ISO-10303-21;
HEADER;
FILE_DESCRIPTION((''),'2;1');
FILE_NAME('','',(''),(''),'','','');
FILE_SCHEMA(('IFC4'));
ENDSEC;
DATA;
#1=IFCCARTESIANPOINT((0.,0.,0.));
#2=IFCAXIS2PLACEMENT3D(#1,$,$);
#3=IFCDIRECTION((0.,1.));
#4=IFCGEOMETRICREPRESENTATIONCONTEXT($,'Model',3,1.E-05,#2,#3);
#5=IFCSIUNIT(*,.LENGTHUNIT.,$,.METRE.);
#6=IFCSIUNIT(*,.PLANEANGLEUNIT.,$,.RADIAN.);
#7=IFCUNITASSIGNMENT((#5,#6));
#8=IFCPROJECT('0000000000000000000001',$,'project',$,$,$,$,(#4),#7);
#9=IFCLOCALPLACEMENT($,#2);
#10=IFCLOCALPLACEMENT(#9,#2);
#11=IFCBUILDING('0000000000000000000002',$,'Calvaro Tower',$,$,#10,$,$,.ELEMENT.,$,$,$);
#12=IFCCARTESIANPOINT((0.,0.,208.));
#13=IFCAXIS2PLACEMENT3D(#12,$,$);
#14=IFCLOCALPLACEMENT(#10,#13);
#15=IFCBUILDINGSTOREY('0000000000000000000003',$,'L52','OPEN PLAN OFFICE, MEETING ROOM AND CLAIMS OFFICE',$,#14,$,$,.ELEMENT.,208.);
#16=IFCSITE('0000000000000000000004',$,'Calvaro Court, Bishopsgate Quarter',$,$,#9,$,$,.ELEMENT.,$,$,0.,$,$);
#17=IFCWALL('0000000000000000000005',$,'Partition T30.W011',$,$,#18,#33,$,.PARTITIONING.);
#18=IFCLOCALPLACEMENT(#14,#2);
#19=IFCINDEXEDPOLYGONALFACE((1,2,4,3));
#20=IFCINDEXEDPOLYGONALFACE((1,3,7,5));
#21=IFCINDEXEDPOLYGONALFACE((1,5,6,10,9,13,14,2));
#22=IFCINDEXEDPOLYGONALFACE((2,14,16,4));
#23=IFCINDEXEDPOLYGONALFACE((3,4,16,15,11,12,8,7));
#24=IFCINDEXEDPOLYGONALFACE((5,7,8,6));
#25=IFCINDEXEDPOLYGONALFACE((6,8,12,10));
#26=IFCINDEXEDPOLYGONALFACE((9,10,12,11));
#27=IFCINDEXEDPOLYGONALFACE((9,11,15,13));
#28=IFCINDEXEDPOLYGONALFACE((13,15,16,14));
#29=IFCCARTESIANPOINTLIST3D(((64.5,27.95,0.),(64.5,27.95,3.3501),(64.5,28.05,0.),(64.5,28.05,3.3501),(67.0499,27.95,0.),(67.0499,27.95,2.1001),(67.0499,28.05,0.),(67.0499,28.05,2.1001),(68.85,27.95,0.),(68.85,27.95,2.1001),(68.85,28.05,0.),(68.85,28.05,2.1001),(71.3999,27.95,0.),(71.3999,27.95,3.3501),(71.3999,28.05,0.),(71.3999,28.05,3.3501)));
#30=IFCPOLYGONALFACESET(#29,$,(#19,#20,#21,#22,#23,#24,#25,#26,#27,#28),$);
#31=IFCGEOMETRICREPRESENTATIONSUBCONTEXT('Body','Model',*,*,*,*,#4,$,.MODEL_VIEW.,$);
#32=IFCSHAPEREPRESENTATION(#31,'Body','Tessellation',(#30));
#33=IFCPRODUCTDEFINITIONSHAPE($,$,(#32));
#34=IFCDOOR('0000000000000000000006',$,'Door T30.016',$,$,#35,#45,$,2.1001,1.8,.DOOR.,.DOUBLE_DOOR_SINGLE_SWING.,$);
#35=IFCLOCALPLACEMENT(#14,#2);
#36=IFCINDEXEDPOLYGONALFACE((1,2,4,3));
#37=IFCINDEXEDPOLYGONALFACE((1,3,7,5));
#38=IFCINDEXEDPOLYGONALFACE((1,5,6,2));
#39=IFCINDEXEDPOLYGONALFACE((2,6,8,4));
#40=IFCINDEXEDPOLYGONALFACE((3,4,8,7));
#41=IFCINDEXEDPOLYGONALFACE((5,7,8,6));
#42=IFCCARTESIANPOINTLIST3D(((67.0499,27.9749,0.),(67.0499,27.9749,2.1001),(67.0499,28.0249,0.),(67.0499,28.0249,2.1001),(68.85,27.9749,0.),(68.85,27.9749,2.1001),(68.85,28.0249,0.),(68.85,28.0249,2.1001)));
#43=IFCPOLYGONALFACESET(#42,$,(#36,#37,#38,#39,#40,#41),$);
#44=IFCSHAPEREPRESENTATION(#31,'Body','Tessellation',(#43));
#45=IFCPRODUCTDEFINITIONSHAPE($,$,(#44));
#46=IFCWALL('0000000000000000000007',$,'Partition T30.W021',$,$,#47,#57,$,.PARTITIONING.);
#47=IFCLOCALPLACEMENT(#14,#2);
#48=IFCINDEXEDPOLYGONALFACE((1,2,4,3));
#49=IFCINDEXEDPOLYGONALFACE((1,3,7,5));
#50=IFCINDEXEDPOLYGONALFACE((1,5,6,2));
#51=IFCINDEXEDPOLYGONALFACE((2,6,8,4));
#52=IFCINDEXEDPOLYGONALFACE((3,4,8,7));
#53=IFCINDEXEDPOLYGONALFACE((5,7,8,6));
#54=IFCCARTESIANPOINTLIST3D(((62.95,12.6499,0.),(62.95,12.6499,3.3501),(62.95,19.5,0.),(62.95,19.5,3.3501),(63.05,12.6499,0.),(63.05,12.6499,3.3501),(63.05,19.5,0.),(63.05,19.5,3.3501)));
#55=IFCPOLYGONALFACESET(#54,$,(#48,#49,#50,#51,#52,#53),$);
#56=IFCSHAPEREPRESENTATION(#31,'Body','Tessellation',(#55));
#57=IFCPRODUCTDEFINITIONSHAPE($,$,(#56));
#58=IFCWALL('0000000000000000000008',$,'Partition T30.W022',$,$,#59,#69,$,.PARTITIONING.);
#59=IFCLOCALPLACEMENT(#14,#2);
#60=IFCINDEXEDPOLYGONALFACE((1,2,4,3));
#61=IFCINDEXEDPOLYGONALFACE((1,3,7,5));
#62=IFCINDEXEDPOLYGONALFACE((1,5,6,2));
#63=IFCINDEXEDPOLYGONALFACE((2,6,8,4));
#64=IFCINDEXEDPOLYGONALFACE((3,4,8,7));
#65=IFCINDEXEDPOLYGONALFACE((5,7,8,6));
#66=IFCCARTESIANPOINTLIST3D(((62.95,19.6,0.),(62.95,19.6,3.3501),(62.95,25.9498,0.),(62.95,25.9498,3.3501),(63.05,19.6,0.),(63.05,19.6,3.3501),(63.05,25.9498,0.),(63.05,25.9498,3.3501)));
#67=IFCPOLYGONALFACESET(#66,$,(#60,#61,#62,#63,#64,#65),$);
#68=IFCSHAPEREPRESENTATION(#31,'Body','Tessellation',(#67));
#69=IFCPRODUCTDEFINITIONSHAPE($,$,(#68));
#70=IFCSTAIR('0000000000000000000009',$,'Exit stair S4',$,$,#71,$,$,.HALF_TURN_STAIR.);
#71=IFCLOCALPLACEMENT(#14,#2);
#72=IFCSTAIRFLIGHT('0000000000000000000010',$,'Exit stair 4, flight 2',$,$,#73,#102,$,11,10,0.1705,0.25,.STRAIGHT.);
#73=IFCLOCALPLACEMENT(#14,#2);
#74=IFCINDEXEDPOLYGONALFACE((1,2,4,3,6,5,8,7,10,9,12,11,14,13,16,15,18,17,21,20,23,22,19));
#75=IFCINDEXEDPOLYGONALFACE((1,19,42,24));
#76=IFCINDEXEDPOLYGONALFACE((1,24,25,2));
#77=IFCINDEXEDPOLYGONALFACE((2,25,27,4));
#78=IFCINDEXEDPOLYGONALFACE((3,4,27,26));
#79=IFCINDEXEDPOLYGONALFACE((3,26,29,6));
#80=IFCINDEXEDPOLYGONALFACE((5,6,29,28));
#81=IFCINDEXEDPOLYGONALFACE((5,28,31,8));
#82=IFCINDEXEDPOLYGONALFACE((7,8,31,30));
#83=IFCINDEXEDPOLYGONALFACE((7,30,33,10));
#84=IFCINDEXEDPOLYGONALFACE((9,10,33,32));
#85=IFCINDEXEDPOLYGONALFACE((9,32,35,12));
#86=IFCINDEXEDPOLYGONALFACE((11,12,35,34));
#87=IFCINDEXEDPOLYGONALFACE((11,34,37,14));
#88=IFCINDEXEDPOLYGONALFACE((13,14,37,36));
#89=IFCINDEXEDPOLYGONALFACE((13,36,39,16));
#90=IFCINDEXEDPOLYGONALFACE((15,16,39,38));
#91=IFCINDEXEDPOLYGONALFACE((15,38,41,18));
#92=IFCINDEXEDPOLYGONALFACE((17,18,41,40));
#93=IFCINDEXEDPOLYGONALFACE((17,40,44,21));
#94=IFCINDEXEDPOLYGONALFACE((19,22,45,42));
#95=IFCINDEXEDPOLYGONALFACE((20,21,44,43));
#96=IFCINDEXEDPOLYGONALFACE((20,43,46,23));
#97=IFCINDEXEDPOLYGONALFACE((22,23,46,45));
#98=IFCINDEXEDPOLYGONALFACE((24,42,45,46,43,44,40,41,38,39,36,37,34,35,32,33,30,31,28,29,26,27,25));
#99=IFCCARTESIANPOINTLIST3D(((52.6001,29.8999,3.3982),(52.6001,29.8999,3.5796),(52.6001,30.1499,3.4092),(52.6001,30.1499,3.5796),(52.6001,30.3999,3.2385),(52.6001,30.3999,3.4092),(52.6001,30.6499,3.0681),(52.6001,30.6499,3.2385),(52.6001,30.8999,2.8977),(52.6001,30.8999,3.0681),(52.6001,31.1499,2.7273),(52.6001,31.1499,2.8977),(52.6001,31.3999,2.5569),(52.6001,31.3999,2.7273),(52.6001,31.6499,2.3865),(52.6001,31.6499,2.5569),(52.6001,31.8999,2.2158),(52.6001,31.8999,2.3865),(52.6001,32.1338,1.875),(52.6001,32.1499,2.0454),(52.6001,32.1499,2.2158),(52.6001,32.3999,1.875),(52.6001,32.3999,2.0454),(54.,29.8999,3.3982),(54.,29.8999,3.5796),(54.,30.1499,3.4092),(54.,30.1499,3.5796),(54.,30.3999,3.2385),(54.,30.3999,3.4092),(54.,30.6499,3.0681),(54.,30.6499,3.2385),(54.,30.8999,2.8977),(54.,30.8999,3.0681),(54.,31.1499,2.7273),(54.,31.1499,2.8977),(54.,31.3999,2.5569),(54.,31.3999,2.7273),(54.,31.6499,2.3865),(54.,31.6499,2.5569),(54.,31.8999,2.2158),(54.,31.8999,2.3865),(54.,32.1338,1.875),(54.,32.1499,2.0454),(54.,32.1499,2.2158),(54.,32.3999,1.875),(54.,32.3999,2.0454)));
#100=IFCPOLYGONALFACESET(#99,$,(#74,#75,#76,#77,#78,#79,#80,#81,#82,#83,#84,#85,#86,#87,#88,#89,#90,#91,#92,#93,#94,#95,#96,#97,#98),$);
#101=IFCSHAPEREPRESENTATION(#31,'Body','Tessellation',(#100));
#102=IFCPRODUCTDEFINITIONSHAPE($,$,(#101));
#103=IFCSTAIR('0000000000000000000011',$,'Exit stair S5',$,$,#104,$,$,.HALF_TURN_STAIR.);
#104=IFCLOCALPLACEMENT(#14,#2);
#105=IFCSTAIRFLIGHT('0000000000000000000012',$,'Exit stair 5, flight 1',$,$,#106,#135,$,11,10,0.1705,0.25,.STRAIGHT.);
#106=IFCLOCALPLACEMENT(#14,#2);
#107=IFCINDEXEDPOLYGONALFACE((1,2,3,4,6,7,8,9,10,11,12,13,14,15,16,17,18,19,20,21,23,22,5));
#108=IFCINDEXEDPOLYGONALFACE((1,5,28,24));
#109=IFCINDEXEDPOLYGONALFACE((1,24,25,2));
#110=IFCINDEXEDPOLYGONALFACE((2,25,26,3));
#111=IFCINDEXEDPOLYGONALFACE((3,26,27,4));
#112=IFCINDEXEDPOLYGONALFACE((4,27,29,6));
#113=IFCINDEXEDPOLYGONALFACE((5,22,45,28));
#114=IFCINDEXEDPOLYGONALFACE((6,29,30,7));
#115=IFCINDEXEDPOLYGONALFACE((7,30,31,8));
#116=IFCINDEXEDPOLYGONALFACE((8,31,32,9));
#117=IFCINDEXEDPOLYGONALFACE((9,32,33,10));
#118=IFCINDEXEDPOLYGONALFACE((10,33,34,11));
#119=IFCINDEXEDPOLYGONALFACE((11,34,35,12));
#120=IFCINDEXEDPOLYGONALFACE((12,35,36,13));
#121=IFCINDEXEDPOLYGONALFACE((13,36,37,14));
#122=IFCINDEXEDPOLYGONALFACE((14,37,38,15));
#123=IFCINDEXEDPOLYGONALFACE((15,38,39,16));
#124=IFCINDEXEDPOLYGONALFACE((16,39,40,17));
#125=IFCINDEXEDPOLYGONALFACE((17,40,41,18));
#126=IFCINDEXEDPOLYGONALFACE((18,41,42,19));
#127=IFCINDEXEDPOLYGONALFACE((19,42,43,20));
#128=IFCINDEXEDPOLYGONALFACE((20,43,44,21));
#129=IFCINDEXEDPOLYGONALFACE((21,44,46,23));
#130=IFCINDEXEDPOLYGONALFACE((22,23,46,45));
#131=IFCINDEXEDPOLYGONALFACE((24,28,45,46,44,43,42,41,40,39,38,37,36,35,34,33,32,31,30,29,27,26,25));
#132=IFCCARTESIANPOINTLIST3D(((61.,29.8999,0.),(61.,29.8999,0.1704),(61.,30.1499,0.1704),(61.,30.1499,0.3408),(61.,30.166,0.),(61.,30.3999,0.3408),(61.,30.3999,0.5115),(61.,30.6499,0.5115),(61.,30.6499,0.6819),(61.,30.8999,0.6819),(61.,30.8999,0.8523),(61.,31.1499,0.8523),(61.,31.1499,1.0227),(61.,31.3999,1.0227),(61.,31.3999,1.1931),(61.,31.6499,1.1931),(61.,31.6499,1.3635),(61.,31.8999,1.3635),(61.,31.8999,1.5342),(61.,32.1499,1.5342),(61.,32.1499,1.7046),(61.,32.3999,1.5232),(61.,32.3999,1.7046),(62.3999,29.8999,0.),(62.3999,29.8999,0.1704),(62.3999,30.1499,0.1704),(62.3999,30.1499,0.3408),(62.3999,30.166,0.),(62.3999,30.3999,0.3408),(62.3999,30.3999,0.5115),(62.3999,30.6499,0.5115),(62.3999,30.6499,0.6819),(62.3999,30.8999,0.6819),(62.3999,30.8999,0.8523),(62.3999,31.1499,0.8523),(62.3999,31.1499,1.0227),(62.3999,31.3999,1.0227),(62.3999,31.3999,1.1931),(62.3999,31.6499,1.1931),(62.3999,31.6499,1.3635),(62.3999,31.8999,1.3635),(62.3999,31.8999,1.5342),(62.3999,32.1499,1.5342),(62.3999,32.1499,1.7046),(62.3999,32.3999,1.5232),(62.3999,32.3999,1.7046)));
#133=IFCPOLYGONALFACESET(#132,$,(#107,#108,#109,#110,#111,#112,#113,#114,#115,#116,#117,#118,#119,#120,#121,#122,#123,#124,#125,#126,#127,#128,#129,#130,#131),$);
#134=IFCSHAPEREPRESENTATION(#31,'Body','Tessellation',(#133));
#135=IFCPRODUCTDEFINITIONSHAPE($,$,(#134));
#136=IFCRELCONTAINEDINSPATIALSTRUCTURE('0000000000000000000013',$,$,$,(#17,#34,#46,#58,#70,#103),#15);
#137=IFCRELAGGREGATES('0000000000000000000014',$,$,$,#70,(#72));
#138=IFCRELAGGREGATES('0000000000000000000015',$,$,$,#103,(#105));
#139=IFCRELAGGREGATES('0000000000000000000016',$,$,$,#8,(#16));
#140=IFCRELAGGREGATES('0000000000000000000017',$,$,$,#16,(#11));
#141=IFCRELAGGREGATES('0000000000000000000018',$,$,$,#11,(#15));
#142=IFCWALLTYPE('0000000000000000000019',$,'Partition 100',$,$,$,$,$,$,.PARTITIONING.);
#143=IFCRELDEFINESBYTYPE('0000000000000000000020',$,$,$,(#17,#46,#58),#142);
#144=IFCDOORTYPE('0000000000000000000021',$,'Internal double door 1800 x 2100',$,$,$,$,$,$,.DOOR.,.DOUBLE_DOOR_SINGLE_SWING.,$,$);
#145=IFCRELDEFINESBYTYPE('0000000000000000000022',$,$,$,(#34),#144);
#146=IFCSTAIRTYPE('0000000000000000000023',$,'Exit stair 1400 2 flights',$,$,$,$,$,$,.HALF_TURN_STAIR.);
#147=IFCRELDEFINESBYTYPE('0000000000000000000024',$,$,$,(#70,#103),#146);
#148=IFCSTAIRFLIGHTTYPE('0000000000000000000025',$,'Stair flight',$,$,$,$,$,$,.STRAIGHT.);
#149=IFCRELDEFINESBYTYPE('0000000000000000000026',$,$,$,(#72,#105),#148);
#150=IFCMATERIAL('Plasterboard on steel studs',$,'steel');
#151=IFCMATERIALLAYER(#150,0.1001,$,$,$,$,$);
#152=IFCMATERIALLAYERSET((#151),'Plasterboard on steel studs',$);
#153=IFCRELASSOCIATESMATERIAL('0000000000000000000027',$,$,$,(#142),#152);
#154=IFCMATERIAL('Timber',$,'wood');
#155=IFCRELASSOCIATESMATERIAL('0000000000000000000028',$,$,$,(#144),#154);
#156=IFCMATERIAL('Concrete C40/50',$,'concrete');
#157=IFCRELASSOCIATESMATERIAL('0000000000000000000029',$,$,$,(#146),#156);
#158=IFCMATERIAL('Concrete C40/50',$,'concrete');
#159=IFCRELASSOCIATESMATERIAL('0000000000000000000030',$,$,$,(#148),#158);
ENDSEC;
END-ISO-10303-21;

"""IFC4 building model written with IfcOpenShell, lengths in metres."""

from ifc_helpers import new_model, si_unit, direction, frame, frame_2d, origin, place, context, subcontext, project, spatial, polyline, rectangle, outline, extrude, material, layer, layer_set, type_object, element, fill, aggregate, save


model = new_model("IFC4")

# Units and contexts
model_context = context("Model", 3, precision=1e-05, world=origin(), true_north=direction((0.0, 1.0)))
body_context = subcontext(model_context, "Body", "Model", "MODEL_VIEW")
ifc_project = project(units=[si_unit("LENGTHUNIT", "METRE"), si_unit("PLANEANGLEUNIT", "RADIAN")], contexts=[model_context])

# Site, building, storey
site_placement = place(None, origin())
site = spatial("IfcSite", under=ifc_project, at=site_placement, Name="Calvaro Court, Bishopsgate Quarter", CompositionType="ELEMENT", RefElevation=0.0)
building_placement = place(site_placement, origin())
building = spatial("IfcBuilding", under=site, at=building_placement, Name="Calvaro Tower", CompositionType="ELEMENT")
storey_placement = place(building_placement, frame((0.0, 0.0, 208.0)))
storey = spatial("IfcBuildingStorey", under=building, at=storey_placement, Name="L52", Description="OPEN PLAN OFFICE, MEETING ROOM AND CLAIMS OFFICE", CompositionType="ELEMENT", Elevation=208.0)

# Wall, opening, door
ifc_material_1 = material(Name="Plasterboard on steel studs", Category="steel")
ifc_layer_1 = layer(ifc_material_1, 0.1001)
ifc_layer_set_1 = layer_set([ifc_layer_1], Name="Plasterboard on steel studs")
wall_type_1 = type_object("IfcWallType", Name="Partition 100", PredefinedType="PARTITIONING", material=ifc_layer_set_1)
wall_1_placement = place(storey_placement, frame((64.5, 28.0, 0.0), z_axis=(0.0, 0.0, 1.0), x_axis=(1.0, 0.0, 0.0)))
wall_1 = element("IfcWall", 1, at=wall_1_placement, inside=storey, type_object=wall_type_1, Name="Partition T30.W011", PredefinedType="PARTITIONING", context=body_context, shape_type="SweptSolid", body=[
    extrude(rectangle(XDim=6.8999, YDim=0.1001, at=frame_2d((3.45, 0.0))), origin(), (0.0, 0.0, 1.0), 3.3501),
])
opening_1_placement = place(wall_1_placement, frame((2.55, 0.0, 0.0)))
opening_1 = element("IfcOpeningElement", 2, at=opening_1_placement, cuts=wall_1, PredefinedType="OPENING", context=body_context, shape_type="SweptSolid", body=[
    extrude(rectangle(XDim=1.8, YDim=2.1001, at=frame_2d((0.8999, 1.05))), frame((0.0, 0.0601, 0.0), z_axis=(0.0, -1.0, 0.0), x_axis=(1.0, 0.0, 0.0)), (0.0, 0.0, 1.0), 0.1201),
])
ifc_material_2 = material(Name="Timber", Category="wood")
door_type_1 = type_object("IfcDoorType", Name="Internal double door 1800 x 2100", OperationType="DOUBLE_DOOR_SINGLE_SWING", PredefinedType="DOOR", material=ifc_material_2)
door_1_placement = place(opening_1_placement, origin())
door_1 = element("IfcDoor", 3, at=door_1_placement, inside=storey, type_object=door_type_1, Name="Door T30.016", OperationType="DOUBLE_DOOR_SINGLE_SWING", OverallHeight=2.1001, OverallWidth=1.8, PredefinedType="DOOR", context=body_context, shape_type="SweptSolid", body=[
    extrude(rectangle(XDim=1.8, YDim=2.1001, at=frame_2d((0.8999, 1.05))), frame((0.0, 0.0249, 0.0), z_axis=(0.0, -1.0, 0.0), x_axis=(1.0, 0.0, 0.0)), (0.0, 0.0, 1.0), 0.05),
])
fill(opening_1, door_1)

# Walls
wall_2_placement = place(storey_placement, frame((63.0, 12.6499, 0.0), z_axis=(0.0, 0.0, 1.0), x_axis=(0.0, 1.0, 0.0)))
element("IfcWall", 4, at=wall_2_placement, inside=storey, type_object=wall_type_1, Name="Partition T30.W021", PredefinedType="PARTITIONING", context=body_context, shape_type="SweptSolid", body=[
    extrude(rectangle(XDim=6.8501, YDim=0.1001, at=frame_2d((3.425, 0.0))), origin(), (0.0, 0.0, 1.0), 3.3501),
])
wall_3_placement = place(storey_placement, frame((63.0, 19.6001, 0.0), z_axis=(0.0, 0.0, 1.0), x_axis=(0.0, 1.0, 0.0)))
element("IfcWall", 5, at=wall_3_placement, inside=storey, type_object=wall_type_1, Name="Partition T30.W022", PredefinedType="PARTITIONING", context=body_context, shape_type="SweptSolid", body=[
    extrude(rectangle(XDim=6.3499, YDim=0.1001, at=frame_2d((3.1748, 0.0))), origin(), (0.0, 0.0, 1.0), 3.3501),
])

# Stairs, stair flights
ifc_material_3 = material(Name="Concrete C40/50", Category="concrete")
stair_type = type_object("IfcStairType", Name="Exit stair 1400 2 flights", PredefinedType="HALF_TURN_STAIR", material=ifc_material_3)
stair_1_placement = place(storey_placement, origin())
stair_1 = element("IfcStair", 6, at=stair_1_placement, inside=storey, type_object=stair_type, Name="Exit stair S4", PredefinedType="HALF_TURN_STAIR")
ifc_material_4 = material(Name="Concrete C40/50", Category="concrete")
stair_flight_type = type_object("IfcStairFlightType", Name="Stair flight", PredefinedType="STRAIGHT", material=ifc_material_4)
stair_flight_1_placement = place(storey_placement, frame((53.3, 32.3999, 1.875), z_axis=(0.0, 0.0, 1.0), x_axis=(0.0, -1.0, 0.0)))
stair_flight_1 = element("IfcStairFlight", 7, at=stair_flight_1_placement, type_object=stair_flight_type, Name="Exit stair 4, flight 2", NumberOfRisers=11, NumberOfTreads=10, PredefinedType="STRAIGHT", RiserHeight=0.1705, TreadLength=0.25, context=body_context, shape_type="SweptSolid", body=[
    extrude(outline(polyline([(0.0, 0.0), (0.0, 0.1704), (0.25, 0.1704), (0.25, 0.3408), (0.5, 0.3408), (0.5, 0.5115), (0.75, 0.5115), (0.75, 0.6819), (1.0, 0.6819), (1.0, 0.8523), (1.25, 0.8523), (1.25, 1.0227), (1.5, 1.0227), (1.5, 1.1931), (1.75, 1.1931), (1.75, 1.3635), (2.0, 1.3635), (2.0, 1.5342), (2.25, 1.5342), (2.25, 1.7046), (2.5, 1.7046), (2.5, 1.875), (2.5, 1.5232), (0.2661, 0.0), (0.0, 0.0)])), frame((0.0, 0.7, 0.0), z_axis=(0.0, -1.0, 0.0), x_axis=(1.0, 0.0, 0.0)), (0.0, 0.0, 1.0), 1.3999),
])
stair_2_placement = place(storey_placement, origin())
stair_2 = element("IfcStair", 8, at=stair_2_placement, inside=storey, type_object=stair_type, Name="Exit stair S5", PredefinedType="HALF_TURN_STAIR")
stair_flight_2_placement = place(storey_placement, frame((61.7, 29.8999, 0.0), z_axis=(0.0, 0.0, 1.0), x_axis=(0.0, 1.0, 0.0)))
stair_flight_2 = element("IfcStairFlight", 9, at=stair_flight_2_placement, type_object=stair_flight_type, Name="Exit stair 5, flight 1", NumberOfRisers=11, NumberOfTreads=10, PredefinedType="STRAIGHT", RiserHeight=0.1705, TreadLength=0.25, context=body_context, shape_type="SweptSolid", body=[
    extrude(outline(polyline([(0.0, 0.0), (0.0, 0.1704), (0.25, 0.1704), (0.25, 0.3408), (0.5, 0.3408), (0.5, 0.5115), (0.75, 0.5115), (0.75, 0.6819), (1.0, 0.6819), (1.0, 0.8523), (1.25, 0.8523), (1.25, 1.0227), (1.5, 1.0227), (1.5, 1.1931), (1.75, 1.1931), (1.75, 1.3635), (2.0, 1.3635), (2.0, 1.5342), (2.25, 1.5342), (2.25, 1.7046), (2.5, 1.7046), (2.5, 1.875), (2.5, 1.5232), (0.2661, 0.0), (0.0, 0.0)])), frame((0.0, 0.7, 0.0), z_axis=(0.0, -1.0, 0.0), x_axis=(1.0, 0.0, 0.0)), (0.0, 0.0, 1.0), 1.3999),
])

aggregate(stair_1, [stair_flight_1])
aggregate(stair_2, [stair_flight_2])

save(model, "model.ifc")
